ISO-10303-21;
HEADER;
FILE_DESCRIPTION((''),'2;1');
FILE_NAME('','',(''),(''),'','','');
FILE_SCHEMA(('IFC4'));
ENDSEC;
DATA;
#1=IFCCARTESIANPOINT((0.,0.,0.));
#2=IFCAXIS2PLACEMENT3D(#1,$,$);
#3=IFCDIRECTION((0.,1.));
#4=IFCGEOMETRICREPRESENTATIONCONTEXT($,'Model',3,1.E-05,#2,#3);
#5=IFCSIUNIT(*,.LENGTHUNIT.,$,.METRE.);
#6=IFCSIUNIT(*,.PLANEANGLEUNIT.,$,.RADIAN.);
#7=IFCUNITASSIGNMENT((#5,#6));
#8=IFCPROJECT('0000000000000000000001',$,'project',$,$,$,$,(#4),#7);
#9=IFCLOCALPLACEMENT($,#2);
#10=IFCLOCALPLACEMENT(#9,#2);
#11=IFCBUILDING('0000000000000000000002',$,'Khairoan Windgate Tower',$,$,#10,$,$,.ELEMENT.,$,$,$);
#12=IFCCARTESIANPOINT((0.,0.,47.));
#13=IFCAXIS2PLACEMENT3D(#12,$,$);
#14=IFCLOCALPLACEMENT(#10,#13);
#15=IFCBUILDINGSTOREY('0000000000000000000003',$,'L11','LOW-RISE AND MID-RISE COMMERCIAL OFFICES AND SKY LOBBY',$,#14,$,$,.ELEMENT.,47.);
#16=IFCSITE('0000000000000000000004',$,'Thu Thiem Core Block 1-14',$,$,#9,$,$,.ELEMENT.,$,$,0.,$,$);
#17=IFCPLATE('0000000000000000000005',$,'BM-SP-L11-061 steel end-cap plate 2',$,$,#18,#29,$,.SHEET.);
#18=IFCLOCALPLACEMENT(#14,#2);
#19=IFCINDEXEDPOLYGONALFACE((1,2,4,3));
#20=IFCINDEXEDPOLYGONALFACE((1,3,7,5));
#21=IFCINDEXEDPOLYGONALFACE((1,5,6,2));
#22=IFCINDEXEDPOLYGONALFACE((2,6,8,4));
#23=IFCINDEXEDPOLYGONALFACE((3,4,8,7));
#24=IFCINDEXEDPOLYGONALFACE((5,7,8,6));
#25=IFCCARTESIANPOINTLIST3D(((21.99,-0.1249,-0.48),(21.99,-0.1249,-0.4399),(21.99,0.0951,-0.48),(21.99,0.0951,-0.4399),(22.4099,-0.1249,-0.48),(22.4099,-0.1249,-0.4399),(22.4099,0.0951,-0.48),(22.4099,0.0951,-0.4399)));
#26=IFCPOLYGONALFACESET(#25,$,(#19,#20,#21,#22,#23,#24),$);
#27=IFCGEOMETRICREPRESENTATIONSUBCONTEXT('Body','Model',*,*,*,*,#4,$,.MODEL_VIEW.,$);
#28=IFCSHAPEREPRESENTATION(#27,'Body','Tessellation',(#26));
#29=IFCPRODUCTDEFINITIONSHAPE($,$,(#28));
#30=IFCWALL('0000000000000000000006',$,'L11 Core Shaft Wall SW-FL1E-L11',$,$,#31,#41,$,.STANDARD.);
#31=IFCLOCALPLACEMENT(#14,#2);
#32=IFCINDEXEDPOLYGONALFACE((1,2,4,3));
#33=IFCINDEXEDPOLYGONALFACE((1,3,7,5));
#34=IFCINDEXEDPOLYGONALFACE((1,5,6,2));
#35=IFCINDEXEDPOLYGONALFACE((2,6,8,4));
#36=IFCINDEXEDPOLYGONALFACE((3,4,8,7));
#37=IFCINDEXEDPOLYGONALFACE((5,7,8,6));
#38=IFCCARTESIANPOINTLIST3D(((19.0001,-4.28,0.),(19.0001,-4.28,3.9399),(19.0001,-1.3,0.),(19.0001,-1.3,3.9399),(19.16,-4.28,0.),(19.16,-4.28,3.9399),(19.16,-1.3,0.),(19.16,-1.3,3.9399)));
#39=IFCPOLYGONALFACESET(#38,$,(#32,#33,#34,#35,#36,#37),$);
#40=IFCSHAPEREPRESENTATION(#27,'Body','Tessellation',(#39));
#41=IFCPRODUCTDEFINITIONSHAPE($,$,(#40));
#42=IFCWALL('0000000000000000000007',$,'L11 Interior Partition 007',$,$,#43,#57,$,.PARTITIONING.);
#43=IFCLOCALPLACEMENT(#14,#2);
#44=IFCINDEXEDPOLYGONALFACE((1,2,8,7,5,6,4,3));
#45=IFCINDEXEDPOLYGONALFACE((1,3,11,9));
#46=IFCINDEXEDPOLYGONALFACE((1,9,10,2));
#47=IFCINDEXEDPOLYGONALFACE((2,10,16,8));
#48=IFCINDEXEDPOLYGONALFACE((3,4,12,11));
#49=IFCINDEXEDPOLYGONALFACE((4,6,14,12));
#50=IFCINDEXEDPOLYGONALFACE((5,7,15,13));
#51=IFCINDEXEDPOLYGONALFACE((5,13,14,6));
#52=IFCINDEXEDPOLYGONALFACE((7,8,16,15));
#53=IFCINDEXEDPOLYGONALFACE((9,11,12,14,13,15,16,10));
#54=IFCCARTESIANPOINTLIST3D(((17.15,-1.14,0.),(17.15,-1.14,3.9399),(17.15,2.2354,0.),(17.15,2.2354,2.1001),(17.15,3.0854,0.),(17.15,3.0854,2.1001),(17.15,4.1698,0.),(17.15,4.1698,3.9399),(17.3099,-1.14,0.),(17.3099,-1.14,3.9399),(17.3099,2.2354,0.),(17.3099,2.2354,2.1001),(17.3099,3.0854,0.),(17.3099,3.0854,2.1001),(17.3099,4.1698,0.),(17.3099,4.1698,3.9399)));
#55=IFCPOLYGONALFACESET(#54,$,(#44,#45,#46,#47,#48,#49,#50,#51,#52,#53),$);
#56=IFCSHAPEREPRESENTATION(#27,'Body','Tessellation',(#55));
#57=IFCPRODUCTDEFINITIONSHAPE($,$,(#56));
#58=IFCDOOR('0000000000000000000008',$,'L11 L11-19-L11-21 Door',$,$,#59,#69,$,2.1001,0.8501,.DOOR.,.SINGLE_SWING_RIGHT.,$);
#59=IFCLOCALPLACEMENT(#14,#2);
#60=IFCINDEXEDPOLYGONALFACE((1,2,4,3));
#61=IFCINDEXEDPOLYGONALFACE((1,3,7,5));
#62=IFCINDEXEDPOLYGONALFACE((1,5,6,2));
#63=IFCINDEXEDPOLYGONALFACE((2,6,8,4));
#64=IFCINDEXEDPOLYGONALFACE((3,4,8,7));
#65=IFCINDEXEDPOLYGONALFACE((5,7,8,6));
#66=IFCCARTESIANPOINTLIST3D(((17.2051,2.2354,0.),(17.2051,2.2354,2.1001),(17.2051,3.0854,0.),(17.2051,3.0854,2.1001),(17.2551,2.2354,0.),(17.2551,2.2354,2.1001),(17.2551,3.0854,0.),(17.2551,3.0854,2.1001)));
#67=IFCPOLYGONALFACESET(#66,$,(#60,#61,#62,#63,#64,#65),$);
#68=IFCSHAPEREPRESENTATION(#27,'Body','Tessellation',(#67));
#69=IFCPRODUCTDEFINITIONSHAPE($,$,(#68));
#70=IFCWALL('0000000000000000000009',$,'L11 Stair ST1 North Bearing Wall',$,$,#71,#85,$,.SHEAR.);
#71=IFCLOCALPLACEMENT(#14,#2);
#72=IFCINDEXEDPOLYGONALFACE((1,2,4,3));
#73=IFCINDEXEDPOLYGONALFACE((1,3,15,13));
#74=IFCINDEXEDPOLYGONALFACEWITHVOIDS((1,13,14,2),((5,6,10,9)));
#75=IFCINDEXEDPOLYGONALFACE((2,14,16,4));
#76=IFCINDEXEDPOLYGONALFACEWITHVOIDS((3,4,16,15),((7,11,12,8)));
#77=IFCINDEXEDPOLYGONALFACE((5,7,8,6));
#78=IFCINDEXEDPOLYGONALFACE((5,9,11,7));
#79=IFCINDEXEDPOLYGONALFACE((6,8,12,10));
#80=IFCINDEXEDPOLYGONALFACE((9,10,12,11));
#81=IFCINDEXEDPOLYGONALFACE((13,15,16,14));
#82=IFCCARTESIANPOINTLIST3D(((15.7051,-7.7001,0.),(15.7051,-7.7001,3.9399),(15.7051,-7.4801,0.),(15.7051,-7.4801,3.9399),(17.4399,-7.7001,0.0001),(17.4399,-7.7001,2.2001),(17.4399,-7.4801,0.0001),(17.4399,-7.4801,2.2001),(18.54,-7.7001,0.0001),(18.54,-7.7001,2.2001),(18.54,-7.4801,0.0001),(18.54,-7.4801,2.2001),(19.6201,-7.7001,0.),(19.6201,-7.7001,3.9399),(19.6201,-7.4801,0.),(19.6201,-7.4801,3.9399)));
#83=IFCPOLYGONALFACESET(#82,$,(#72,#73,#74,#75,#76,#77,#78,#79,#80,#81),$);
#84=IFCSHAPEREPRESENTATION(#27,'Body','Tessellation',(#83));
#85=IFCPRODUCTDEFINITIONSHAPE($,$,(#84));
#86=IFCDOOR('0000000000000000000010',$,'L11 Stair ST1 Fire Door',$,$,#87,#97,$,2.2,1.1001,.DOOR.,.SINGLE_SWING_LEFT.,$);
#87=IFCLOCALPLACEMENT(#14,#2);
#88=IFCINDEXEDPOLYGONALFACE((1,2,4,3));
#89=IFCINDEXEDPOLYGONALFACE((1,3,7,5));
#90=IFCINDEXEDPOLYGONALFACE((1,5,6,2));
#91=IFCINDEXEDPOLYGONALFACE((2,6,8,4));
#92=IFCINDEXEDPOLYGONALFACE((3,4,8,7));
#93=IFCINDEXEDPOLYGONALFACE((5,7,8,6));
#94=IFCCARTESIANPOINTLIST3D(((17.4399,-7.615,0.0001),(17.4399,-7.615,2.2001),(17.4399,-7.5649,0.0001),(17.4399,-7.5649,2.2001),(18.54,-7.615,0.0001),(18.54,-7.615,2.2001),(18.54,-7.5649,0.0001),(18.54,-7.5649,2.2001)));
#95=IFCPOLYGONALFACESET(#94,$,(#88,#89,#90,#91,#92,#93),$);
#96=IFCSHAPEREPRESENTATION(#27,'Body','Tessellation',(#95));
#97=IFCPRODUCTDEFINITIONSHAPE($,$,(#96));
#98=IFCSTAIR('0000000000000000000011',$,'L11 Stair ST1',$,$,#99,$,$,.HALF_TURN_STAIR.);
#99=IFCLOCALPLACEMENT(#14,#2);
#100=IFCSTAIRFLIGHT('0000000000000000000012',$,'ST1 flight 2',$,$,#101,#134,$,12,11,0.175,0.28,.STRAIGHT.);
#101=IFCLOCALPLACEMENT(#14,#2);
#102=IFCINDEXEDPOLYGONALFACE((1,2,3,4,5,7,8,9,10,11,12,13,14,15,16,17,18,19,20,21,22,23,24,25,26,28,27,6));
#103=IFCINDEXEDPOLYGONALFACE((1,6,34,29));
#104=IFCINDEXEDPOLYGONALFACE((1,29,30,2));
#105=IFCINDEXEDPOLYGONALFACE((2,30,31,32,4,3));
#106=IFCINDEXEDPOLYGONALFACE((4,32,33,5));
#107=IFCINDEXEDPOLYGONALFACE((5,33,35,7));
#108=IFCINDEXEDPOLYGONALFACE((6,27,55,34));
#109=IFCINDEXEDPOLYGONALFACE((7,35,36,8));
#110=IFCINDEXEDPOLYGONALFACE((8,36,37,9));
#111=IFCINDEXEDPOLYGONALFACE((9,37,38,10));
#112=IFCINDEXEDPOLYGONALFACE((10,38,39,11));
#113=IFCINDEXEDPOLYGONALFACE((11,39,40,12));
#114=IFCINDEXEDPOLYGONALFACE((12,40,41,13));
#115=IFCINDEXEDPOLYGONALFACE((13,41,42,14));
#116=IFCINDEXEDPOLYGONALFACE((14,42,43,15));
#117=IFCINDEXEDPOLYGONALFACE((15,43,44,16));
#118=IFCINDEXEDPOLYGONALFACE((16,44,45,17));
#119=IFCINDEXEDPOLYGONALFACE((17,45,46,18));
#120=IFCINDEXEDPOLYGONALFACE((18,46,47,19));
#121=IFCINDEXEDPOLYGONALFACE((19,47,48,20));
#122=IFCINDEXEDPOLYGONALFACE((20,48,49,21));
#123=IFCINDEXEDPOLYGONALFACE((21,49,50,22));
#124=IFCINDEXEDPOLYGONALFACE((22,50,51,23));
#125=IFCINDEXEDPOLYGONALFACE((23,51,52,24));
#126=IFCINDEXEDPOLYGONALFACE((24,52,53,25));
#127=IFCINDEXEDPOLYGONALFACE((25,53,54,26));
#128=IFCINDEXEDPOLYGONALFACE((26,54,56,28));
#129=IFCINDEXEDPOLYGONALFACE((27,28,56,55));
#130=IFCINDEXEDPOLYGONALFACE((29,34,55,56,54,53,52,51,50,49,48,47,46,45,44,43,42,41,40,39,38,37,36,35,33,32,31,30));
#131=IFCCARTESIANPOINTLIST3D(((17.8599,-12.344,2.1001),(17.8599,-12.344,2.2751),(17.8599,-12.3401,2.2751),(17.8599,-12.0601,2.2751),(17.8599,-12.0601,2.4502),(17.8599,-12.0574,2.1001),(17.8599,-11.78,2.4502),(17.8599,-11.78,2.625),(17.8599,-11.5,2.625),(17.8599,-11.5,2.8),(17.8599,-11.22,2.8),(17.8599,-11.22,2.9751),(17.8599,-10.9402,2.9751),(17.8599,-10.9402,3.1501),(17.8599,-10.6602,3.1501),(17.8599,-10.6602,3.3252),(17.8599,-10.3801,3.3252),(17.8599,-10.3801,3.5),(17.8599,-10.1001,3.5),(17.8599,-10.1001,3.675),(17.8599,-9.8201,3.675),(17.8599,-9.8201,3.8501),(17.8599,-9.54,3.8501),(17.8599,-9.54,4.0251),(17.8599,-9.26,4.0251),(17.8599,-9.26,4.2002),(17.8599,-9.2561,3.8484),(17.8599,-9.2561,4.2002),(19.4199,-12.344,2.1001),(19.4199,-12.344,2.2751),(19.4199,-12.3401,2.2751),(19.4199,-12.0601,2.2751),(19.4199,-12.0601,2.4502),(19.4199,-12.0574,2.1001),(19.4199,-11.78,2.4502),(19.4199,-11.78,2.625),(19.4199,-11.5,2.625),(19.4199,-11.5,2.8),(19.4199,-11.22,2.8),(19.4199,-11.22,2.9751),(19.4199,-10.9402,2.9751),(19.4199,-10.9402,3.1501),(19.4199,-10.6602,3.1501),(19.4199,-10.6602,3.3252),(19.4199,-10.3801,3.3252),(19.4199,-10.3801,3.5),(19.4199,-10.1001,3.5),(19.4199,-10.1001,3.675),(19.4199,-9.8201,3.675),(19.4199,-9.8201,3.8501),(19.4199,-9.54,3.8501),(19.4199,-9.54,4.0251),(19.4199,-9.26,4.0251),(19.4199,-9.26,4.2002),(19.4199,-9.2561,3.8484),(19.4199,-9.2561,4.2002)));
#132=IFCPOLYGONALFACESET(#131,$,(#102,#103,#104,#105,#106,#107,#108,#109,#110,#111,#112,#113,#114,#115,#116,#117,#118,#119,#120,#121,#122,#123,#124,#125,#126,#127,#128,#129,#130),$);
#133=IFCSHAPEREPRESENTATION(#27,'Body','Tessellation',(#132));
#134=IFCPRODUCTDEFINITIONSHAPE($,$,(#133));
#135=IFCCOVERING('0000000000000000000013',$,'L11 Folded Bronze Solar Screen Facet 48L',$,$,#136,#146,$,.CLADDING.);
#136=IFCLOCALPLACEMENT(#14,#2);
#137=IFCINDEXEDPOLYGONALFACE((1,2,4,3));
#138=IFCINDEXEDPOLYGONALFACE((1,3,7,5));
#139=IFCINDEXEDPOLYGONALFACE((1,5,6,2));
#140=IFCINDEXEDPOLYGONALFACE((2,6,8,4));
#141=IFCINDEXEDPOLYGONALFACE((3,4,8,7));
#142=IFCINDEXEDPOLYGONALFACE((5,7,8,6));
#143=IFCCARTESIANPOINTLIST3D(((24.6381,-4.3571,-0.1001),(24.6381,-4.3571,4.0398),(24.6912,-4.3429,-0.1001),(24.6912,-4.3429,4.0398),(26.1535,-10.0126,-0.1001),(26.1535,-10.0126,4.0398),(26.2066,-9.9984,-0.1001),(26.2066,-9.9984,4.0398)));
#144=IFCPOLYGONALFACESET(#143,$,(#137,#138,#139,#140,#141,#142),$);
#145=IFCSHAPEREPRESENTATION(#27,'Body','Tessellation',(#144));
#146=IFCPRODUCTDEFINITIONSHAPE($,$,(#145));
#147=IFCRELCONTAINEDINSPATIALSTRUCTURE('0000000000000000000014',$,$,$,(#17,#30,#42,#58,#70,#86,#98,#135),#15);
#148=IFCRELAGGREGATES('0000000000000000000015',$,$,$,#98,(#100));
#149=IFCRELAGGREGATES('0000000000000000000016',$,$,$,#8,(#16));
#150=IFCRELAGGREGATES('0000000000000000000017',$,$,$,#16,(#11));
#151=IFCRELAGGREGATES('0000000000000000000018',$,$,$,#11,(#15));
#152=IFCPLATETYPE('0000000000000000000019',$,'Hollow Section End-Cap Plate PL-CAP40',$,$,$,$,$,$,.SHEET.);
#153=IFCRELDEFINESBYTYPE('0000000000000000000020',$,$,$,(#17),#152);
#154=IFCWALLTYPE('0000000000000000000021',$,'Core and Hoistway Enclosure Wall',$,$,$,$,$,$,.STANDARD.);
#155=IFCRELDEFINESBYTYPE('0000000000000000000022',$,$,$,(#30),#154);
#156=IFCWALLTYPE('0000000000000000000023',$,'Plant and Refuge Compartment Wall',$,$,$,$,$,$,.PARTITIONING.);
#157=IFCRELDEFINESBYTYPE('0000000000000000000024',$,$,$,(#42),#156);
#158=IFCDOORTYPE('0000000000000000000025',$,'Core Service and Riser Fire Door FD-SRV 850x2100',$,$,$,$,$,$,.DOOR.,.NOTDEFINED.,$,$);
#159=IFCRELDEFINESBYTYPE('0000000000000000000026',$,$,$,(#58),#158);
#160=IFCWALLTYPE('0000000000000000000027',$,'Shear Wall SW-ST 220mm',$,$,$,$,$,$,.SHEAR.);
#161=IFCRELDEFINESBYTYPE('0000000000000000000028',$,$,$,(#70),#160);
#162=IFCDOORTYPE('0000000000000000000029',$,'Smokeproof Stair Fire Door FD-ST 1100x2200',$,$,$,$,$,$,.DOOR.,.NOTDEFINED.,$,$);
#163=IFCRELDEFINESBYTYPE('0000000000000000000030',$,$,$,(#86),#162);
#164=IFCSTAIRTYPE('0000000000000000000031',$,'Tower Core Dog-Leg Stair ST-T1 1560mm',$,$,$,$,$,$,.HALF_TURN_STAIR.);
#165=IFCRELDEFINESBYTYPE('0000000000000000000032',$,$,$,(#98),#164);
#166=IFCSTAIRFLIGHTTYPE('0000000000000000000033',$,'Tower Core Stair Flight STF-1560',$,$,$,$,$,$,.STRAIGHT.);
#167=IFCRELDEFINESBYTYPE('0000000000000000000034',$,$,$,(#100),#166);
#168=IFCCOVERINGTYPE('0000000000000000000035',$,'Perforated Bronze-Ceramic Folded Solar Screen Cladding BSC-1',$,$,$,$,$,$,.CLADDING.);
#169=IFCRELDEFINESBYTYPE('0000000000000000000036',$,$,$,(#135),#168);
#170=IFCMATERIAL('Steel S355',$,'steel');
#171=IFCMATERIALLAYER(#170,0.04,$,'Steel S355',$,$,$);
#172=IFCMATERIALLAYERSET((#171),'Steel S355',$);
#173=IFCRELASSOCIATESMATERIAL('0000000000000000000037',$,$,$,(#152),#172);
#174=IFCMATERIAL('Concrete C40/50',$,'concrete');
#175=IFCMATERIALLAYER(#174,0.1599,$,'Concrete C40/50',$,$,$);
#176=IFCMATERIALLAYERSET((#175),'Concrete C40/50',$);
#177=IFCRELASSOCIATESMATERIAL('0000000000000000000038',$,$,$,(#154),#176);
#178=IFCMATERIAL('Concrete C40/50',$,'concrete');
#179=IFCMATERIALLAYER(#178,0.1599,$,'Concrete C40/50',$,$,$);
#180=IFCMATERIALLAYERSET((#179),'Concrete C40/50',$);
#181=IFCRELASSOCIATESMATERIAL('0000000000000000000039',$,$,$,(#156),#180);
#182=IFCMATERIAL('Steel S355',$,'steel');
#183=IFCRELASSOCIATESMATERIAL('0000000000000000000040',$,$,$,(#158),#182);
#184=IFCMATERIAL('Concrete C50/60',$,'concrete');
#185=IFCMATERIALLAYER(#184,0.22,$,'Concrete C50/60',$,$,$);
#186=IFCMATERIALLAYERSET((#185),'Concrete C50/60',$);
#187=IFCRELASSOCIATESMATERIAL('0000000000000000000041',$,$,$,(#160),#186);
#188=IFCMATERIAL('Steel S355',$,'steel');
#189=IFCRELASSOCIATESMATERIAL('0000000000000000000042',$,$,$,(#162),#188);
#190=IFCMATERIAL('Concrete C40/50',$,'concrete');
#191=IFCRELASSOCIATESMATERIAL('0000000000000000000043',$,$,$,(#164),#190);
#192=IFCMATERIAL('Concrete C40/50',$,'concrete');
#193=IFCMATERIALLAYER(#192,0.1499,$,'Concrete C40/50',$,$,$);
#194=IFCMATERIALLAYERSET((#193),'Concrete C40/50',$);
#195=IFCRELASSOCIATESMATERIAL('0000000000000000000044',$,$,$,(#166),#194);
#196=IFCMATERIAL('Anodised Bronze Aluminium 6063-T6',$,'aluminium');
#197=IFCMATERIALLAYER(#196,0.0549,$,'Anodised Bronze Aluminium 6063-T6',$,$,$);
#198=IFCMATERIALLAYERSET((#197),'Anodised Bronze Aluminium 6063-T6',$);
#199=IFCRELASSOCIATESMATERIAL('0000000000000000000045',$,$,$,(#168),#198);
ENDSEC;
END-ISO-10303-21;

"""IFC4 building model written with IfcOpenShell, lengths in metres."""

from ifc_helpers import new_model, si_unit, direction, frame, frame_2d, origin, origin_2d, place, context, subcontext, project, spatial, polyline, rectangle, outline, extrude, material, layer, layer_set, type_object, element, fill, aggregate, save


model = new_model("IFC4")

# Units and contexts
model_context = context("Model", 3, precision=1e-05, world=origin(), true_north=direction((0.0, 1.0)))
body_context = subcontext(model_context, "Body", "Model", "MODEL_VIEW")
ifc_project = project(units=[si_unit("LENGTHUNIT", "METRE"), si_unit("PLANEANGLEUNIT", "RADIAN")], contexts=[model_context])

# Site, building, storey
site_placement = place(None, origin())
site = spatial("IfcSite", under=ifc_project, at=site_placement, Name="Thu Thiem Core Block 1-14", CompositionType="ELEMENT", RefElevation=0.0)
building_placement = place(site_placement, origin())
building = spatial("IfcBuilding", under=site, at=building_placement, Name="Khairoan Windgate Tower", CompositionType="ELEMENT")
storey_placement = place(building_placement, frame((0.0, 0.0, 47.0)))
storey = spatial("IfcBuildingStorey", under=building, at=storey_placement, Name="L11", Description="LOW-RISE AND MID-RISE COMMERCIAL OFFICES AND SKY LOBBY", CompositionType="ELEMENT", Elevation=47.0)

# Plate
ifc_material_1 = material(Name="Steel S355", Category="steel")
ifc_layer_1 = layer(ifc_material_1, 0.04, Name="Steel S355")
ifc_layer_set_1 = layer_set([ifc_layer_1], Name="Steel S355")
plate_type = type_object("IfcPlateType", Name="Hollow Section End-Cap Plate PL-CAP40", PredefinedType="SHEET", material=ifc_layer_set_1)
for number, where, z_axis, x_axis, name in (
    (1, (22.2, -0.0149, -0.48), (0.0, 0.0, 1.0), (0.0, 1.0, 0.0), "BM-SP-L11-061 steel end-cap plate 2"),
):
    element("IfcPlate", number, at=place(storey_placement, frame(where, z_axis=z_axis, x_axis=x_axis)), inside=storey, type_object=plate_type, Name=name, PredefinedType="SHEET", context=body_context, shape_type="SweptSolid", body=[
        extrude(rectangle(XDim=0.22, YDim=0.4199, at=origin_2d()), origin(), (0.0, 0.0, 1.0), 0.04),
    ])

# Wall
ifc_material_2 = material(Name="Concrete C40/50", Category="concrete")
ifc_layer_2 = layer(ifc_material_2, 0.1599, Name="Concrete C40/50")
ifc_layer_set_2 = layer_set([ifc_layer_2], Name="Concrete C40/50")
wall_type_1 = type_object("IfcWallType", Name="Core and Hoistway Enclosure Wall", PredefinedType="STANDARD", material=ifc_layer_set_2)
wall_1_placement = place(storey_placement, frame((19.0801, -4.28, 0.0), z_axis=(0.0, 0.0, 1.0), x_axis=(0.0, 1.0, 0.0)))
element("IfcWall", 2, at=wall_1_placement, inside=storey, type_object=wall_type_1, Name="L11 Core Shaft Wall SW-FL1E-L11", PredefinedType="STANDARD", context=body_context, shape_type="SweptSolid", body=[
    extrude(rectangle(XDim=2.98, YDim=0.1599, at=frame_2d((1.49, 0.0))), origin(), (0.0, 0.0, 1.0), 3.9399),
])

# Walls, openings, doors
ifc_material_3 = material(Name="Concrete C40/50", Category="concrete")
ifc_layer_3 = layer(ifc_material_3, 0.1599, Name="Concrete C40/50")
ifc_layer_set_3 = layer_set([ifc_layer_3], Name="Concrete C40/50")
wall_type_2 = type_object("IfcWallType", Name="Plant and Refuge Compartment Wall", PredefinedType="PARTITIONING", material=ifc_layer_set_3)
wall_2_placement = place(storey_placement, frame((17.23, -1.1399, 0.0), z_axis=(0.0, 0.0, 1.0), x_axis=(0.0, 1.0, 0.0)))
wall_2 = element("IfcWall", 3, at=wall_2_placement, inside=storey, type_object=wall_type_2, Name="L11 Interior Partition 007", PredefinedType="PARTITIONING", context=body_context, shape_type="SweptSolid", body=[
    extrude(rectangle(XDim=5.3098, YDim=0.1599, at=frame_2d((2.6548, 0.0))), origin(), (0.0, 0.0, 1.0), 3.9399),
])
opening_1_placement = place(wall_2_placement, frame((3.3752, 0.0, 0.0)))
opening_1 = element("IfcOpeningElement", 4, at=opening_1_placement, cuts=wall_2, PredefinedType="OPENING", context=body_context, shape_type="SweptSolid", body=[
    extrude(rectangle(XDim=0.8501, YDim=2.1001, at=frame_2d((0.425, 1.05))), frame((0.0, 0.0898, 0.0), z_axis=(0.0, -1.0, 0.0), x_axis=(1.0, 0.0, 0.0)), (0.0, 0.0, 1.0), 0.1799),
])
ifc_material_4 = material(Name="Steel S355", Category="steel")
door_type_1 = type_object("IfcDoorType", Name="Core Service and Riser Fire Door FD-SRV 850x2100", OperationType="NOTDEFINED", PredefinedType="DOOR", material=ifc_material_4)
door_1_placement = place(opening_1_placement, origin())
door_1 = element("IfcDoor", 5, at=door_1_placement, inside=storey, type_object=door_type_1, Name="L11 L11-19-L11-21 Door", OperationType="SINGLE_SWING_RIGHT", OverallHeight=2.1001, OverallWidth=0.8501, PredefinedType="DOOR", context=body_context, shape_type="SweptSolid", body=[
    extrude(rectangle(XDim=0.8501, YDim=2.1001, at=frame_2d((0.425, 1.05))), frame((0.0, 0.0249, 0.0), z_axis=(0.0, -1.0, 0.0), x_axis=(1.0, 0.0, 0.0)), (0.0, 0.0, 1.0), 0.05),
])
fill(opening_1, door_1)
ifc_material_5 = material(Name="Concrete C50/60", Category="concrete")
ifc_layer_4 = layer(ifc_material_5, 0.22, Name="Concrete C50/60")
ifc_layer_set_4 = layer_set([ifc_layer_4], Name="Concrete C50/60")
wall_type_3 = type_object("IfcWallType", Name="Shear Wall SW-ST 220mm", PredefinedType="SHEAR", material=ifc_layer_set_4)
wall_3_placement = place(storey_placement, frame((19.6201, -7.5901, 0.0), z_axis=(0.0, 0.0, 1.0), x_axis=(-1.0, 0.0, 0.0)))
wall_3 = element("IfcWall", 6, at=wall_3_placement, inside=storey, type_object=wall_type_3, Name="L11 Stair ST1 North Bearing Wall", PredefinedType="SHEAR", context=body_context, shape_type="SweptSolid", body=[
    extrude(rectangle(XDim=3.915, YDim=0.22, at=frame_2d((1.9575, 0.0))), origin(), (0.0, 0.0, 1.0), 3.9399),
])
opening_2_placement = place(wall_3_placement, frame((1.0801, 0.0, 0.0)))
opening_2 = element("IfcOpeningElement", 7, at=opening_2_placement, cuts=wall_3, PredefinedType="OPENING", context=body_context, shape_type="SweptSolid", body=[
    extrude(rectangle(XDim=1.1001, YDim=2.2, at=frame_2d((0.55, 1.1001))), frame((0.0, 0.1199, 0.0), z_axis=(0.0, -1.0, 0.0), x_axis=(1.0, 0.0, 0.0)), (0.0, 0.0, 1.0), 0.24),
])
ifc_material_6 = material(Name="Steel S355", Category="steel")
door_type_2 = type_object("IfcDoorType", Name="Smokeproof Stair Fire Door FD-ST 1100x2200", OperationType="NOTDEFINED", PredefinedType="DOOR", material=ifc_material_6)
door_2_placement = place(opening_2_placement, origin())
door_2 = element("IfcDoor", 8, at=door_2_placement, inside=storey, type_object=door_type_2, Name="L11 Stair ST1 Fire Door", OperationType="SINGLE_SWING_LEFT", OverallHeight=2.2, OverallWidth=1.1001, PredefinedType="DOOR", context=body_context, shape_type="SweptSolid", body=[
    extrude(rectangle(XDim=1.1001, YDim=2.2, at=frame_2d((0.55, 1.1001))), frame((0.0, 0.0249, 0.0), z_axis=(0.0, -1.0, 0.0), x_axis=(1.0, 0.0, 0.0)), (0.0, 0.0, 1.0), 0.05),
])
fill(opening_2, door_2)

# Stair, stair flight
ifc_material_7 = material(Name="Concrete C40/50", Category="concrete")
stair_type = type_object("IfcStairType", Name="Tower Core Dog-Leg Stair ST-T1 1560mm", PredefinedType="HALF_TURN_STAIR", material=ifc_material_7)
stair_placement = place(storey_placement, origin())
stair = element("IfcStair", 9, at=stair_placement, inside=storey, type_object=stair_type, Name="L11 Stair ST1", PredefinedType="HALF_TURN_STAIR")
ifc_material_8 = material(Name="Concrete C40/50", Category="concrete")
ifc_layer_5 = layer(ifc_material_8, 0.1499, Name="Concrete C40/50")
ifc_layer_set_5 = layer_set([ifc_layer_5], Name="Concrete C40/50")
stair_flight_type = type_object("IfcStairFlightType", Name="Tower Core Stair Flight STF-1560", PredefinedType="STRAIGHT", material=ifc_layer_set_5)
stair_flight_placement = place(storey_placement, frame((18.6399, -12.3401, 2.1001), z_axis=(0.0, 0.0, 1.0), x_axis=(0.0, 1.0, 0.0)))
stair_flight = element("IfcStairFlight", 10, at=stair_flight_placement, type_object=stair_flight_type, Name="ST1 flight 2", NumberOfRisers=12, NumberOfTreads=11, PredefinedType="STRAIGHT", RiserHeight=0.175, TreadLength=0.28, context=body_context, shape_type="SweptSolid", body=[
    extrude(outline(polyline([(-0.0039, 0.0), (-0.0039, 0.175), (0.0, 0.175), (0.28, 0.175), (0.28, 0.3501), (0.5601, 0.3501), (0.5601, 0.5249), (0.8401, 0.5249), (0.8401, 0.7), (1.1201, 0.7), (1.1201, 0.875), (1.3999, 0.875), (1.3999, 1.05), (1.6799, 1.05), (1.6799, 1.2251), (1.96, 1.2251), (1.96, 1.3999), (2.24, 1.3999), (2.24, 1.575), (2.52, 1.575), (2.52, 1.75), (2.8, 1.75), (2.8, 1.925), (3.0801, 1.925), (3.0801, 2.1001), (3.084, 2.1001), (3.084, 1.7483), (0.2827, 0.0), (-0.0039, 0.0)])), frame((0.0, 0.78, 0.0), z_axis=(0.0, -1.0, 0.0), x_axis=(1.0, 0.0, 0.0)), (0.0, 0.0, 1.0), 1.5601),
])
aggregate(stair, [stair_flight])

# Covering
ifc_material_9 = material(Name="Anodised Bronze Aluminium 6063-T6", Category="aluminium")
ifc_layer_6 = layer(ifc_material_9, 0.0549, Name="Anodised Bronze Aluminium 6063-T6")
ifc_layer_set_6 = layer_set([ifc_layer_6], Name="Anodised Bronze Aluminium 6063-T6")
covering_type = type_object("IfcCoveringType", Name="Perforated Bronze-Ceramic Folded Solar Screen Cladding BSC-1", PredefinedType="CLADDING", material=ifc_layer_set_6)
covering_placement = place(storey_placement, frame((25.4224, -7.1777, -0.1001), z_axis=(0.0, 0.0, 1.0), x_axis=(0.258819, -0.965926, 0.0)))
element("IfcCovering", 11, at=covering_placement, inside=storey, type_object=covering_type, Name="L11 Folded Bronze Solar Screen Facet 48L", PredefinedType="CLADDING", context=body_context, shape_type="SweptSolid", body=[
    extrude(rectangle(XDim=5.855, YDim=0.0549, at=origin_2d()), origin(), (0.0, 0.0, 1.0), 4.1399),
])

save(model, "model.ifc")
